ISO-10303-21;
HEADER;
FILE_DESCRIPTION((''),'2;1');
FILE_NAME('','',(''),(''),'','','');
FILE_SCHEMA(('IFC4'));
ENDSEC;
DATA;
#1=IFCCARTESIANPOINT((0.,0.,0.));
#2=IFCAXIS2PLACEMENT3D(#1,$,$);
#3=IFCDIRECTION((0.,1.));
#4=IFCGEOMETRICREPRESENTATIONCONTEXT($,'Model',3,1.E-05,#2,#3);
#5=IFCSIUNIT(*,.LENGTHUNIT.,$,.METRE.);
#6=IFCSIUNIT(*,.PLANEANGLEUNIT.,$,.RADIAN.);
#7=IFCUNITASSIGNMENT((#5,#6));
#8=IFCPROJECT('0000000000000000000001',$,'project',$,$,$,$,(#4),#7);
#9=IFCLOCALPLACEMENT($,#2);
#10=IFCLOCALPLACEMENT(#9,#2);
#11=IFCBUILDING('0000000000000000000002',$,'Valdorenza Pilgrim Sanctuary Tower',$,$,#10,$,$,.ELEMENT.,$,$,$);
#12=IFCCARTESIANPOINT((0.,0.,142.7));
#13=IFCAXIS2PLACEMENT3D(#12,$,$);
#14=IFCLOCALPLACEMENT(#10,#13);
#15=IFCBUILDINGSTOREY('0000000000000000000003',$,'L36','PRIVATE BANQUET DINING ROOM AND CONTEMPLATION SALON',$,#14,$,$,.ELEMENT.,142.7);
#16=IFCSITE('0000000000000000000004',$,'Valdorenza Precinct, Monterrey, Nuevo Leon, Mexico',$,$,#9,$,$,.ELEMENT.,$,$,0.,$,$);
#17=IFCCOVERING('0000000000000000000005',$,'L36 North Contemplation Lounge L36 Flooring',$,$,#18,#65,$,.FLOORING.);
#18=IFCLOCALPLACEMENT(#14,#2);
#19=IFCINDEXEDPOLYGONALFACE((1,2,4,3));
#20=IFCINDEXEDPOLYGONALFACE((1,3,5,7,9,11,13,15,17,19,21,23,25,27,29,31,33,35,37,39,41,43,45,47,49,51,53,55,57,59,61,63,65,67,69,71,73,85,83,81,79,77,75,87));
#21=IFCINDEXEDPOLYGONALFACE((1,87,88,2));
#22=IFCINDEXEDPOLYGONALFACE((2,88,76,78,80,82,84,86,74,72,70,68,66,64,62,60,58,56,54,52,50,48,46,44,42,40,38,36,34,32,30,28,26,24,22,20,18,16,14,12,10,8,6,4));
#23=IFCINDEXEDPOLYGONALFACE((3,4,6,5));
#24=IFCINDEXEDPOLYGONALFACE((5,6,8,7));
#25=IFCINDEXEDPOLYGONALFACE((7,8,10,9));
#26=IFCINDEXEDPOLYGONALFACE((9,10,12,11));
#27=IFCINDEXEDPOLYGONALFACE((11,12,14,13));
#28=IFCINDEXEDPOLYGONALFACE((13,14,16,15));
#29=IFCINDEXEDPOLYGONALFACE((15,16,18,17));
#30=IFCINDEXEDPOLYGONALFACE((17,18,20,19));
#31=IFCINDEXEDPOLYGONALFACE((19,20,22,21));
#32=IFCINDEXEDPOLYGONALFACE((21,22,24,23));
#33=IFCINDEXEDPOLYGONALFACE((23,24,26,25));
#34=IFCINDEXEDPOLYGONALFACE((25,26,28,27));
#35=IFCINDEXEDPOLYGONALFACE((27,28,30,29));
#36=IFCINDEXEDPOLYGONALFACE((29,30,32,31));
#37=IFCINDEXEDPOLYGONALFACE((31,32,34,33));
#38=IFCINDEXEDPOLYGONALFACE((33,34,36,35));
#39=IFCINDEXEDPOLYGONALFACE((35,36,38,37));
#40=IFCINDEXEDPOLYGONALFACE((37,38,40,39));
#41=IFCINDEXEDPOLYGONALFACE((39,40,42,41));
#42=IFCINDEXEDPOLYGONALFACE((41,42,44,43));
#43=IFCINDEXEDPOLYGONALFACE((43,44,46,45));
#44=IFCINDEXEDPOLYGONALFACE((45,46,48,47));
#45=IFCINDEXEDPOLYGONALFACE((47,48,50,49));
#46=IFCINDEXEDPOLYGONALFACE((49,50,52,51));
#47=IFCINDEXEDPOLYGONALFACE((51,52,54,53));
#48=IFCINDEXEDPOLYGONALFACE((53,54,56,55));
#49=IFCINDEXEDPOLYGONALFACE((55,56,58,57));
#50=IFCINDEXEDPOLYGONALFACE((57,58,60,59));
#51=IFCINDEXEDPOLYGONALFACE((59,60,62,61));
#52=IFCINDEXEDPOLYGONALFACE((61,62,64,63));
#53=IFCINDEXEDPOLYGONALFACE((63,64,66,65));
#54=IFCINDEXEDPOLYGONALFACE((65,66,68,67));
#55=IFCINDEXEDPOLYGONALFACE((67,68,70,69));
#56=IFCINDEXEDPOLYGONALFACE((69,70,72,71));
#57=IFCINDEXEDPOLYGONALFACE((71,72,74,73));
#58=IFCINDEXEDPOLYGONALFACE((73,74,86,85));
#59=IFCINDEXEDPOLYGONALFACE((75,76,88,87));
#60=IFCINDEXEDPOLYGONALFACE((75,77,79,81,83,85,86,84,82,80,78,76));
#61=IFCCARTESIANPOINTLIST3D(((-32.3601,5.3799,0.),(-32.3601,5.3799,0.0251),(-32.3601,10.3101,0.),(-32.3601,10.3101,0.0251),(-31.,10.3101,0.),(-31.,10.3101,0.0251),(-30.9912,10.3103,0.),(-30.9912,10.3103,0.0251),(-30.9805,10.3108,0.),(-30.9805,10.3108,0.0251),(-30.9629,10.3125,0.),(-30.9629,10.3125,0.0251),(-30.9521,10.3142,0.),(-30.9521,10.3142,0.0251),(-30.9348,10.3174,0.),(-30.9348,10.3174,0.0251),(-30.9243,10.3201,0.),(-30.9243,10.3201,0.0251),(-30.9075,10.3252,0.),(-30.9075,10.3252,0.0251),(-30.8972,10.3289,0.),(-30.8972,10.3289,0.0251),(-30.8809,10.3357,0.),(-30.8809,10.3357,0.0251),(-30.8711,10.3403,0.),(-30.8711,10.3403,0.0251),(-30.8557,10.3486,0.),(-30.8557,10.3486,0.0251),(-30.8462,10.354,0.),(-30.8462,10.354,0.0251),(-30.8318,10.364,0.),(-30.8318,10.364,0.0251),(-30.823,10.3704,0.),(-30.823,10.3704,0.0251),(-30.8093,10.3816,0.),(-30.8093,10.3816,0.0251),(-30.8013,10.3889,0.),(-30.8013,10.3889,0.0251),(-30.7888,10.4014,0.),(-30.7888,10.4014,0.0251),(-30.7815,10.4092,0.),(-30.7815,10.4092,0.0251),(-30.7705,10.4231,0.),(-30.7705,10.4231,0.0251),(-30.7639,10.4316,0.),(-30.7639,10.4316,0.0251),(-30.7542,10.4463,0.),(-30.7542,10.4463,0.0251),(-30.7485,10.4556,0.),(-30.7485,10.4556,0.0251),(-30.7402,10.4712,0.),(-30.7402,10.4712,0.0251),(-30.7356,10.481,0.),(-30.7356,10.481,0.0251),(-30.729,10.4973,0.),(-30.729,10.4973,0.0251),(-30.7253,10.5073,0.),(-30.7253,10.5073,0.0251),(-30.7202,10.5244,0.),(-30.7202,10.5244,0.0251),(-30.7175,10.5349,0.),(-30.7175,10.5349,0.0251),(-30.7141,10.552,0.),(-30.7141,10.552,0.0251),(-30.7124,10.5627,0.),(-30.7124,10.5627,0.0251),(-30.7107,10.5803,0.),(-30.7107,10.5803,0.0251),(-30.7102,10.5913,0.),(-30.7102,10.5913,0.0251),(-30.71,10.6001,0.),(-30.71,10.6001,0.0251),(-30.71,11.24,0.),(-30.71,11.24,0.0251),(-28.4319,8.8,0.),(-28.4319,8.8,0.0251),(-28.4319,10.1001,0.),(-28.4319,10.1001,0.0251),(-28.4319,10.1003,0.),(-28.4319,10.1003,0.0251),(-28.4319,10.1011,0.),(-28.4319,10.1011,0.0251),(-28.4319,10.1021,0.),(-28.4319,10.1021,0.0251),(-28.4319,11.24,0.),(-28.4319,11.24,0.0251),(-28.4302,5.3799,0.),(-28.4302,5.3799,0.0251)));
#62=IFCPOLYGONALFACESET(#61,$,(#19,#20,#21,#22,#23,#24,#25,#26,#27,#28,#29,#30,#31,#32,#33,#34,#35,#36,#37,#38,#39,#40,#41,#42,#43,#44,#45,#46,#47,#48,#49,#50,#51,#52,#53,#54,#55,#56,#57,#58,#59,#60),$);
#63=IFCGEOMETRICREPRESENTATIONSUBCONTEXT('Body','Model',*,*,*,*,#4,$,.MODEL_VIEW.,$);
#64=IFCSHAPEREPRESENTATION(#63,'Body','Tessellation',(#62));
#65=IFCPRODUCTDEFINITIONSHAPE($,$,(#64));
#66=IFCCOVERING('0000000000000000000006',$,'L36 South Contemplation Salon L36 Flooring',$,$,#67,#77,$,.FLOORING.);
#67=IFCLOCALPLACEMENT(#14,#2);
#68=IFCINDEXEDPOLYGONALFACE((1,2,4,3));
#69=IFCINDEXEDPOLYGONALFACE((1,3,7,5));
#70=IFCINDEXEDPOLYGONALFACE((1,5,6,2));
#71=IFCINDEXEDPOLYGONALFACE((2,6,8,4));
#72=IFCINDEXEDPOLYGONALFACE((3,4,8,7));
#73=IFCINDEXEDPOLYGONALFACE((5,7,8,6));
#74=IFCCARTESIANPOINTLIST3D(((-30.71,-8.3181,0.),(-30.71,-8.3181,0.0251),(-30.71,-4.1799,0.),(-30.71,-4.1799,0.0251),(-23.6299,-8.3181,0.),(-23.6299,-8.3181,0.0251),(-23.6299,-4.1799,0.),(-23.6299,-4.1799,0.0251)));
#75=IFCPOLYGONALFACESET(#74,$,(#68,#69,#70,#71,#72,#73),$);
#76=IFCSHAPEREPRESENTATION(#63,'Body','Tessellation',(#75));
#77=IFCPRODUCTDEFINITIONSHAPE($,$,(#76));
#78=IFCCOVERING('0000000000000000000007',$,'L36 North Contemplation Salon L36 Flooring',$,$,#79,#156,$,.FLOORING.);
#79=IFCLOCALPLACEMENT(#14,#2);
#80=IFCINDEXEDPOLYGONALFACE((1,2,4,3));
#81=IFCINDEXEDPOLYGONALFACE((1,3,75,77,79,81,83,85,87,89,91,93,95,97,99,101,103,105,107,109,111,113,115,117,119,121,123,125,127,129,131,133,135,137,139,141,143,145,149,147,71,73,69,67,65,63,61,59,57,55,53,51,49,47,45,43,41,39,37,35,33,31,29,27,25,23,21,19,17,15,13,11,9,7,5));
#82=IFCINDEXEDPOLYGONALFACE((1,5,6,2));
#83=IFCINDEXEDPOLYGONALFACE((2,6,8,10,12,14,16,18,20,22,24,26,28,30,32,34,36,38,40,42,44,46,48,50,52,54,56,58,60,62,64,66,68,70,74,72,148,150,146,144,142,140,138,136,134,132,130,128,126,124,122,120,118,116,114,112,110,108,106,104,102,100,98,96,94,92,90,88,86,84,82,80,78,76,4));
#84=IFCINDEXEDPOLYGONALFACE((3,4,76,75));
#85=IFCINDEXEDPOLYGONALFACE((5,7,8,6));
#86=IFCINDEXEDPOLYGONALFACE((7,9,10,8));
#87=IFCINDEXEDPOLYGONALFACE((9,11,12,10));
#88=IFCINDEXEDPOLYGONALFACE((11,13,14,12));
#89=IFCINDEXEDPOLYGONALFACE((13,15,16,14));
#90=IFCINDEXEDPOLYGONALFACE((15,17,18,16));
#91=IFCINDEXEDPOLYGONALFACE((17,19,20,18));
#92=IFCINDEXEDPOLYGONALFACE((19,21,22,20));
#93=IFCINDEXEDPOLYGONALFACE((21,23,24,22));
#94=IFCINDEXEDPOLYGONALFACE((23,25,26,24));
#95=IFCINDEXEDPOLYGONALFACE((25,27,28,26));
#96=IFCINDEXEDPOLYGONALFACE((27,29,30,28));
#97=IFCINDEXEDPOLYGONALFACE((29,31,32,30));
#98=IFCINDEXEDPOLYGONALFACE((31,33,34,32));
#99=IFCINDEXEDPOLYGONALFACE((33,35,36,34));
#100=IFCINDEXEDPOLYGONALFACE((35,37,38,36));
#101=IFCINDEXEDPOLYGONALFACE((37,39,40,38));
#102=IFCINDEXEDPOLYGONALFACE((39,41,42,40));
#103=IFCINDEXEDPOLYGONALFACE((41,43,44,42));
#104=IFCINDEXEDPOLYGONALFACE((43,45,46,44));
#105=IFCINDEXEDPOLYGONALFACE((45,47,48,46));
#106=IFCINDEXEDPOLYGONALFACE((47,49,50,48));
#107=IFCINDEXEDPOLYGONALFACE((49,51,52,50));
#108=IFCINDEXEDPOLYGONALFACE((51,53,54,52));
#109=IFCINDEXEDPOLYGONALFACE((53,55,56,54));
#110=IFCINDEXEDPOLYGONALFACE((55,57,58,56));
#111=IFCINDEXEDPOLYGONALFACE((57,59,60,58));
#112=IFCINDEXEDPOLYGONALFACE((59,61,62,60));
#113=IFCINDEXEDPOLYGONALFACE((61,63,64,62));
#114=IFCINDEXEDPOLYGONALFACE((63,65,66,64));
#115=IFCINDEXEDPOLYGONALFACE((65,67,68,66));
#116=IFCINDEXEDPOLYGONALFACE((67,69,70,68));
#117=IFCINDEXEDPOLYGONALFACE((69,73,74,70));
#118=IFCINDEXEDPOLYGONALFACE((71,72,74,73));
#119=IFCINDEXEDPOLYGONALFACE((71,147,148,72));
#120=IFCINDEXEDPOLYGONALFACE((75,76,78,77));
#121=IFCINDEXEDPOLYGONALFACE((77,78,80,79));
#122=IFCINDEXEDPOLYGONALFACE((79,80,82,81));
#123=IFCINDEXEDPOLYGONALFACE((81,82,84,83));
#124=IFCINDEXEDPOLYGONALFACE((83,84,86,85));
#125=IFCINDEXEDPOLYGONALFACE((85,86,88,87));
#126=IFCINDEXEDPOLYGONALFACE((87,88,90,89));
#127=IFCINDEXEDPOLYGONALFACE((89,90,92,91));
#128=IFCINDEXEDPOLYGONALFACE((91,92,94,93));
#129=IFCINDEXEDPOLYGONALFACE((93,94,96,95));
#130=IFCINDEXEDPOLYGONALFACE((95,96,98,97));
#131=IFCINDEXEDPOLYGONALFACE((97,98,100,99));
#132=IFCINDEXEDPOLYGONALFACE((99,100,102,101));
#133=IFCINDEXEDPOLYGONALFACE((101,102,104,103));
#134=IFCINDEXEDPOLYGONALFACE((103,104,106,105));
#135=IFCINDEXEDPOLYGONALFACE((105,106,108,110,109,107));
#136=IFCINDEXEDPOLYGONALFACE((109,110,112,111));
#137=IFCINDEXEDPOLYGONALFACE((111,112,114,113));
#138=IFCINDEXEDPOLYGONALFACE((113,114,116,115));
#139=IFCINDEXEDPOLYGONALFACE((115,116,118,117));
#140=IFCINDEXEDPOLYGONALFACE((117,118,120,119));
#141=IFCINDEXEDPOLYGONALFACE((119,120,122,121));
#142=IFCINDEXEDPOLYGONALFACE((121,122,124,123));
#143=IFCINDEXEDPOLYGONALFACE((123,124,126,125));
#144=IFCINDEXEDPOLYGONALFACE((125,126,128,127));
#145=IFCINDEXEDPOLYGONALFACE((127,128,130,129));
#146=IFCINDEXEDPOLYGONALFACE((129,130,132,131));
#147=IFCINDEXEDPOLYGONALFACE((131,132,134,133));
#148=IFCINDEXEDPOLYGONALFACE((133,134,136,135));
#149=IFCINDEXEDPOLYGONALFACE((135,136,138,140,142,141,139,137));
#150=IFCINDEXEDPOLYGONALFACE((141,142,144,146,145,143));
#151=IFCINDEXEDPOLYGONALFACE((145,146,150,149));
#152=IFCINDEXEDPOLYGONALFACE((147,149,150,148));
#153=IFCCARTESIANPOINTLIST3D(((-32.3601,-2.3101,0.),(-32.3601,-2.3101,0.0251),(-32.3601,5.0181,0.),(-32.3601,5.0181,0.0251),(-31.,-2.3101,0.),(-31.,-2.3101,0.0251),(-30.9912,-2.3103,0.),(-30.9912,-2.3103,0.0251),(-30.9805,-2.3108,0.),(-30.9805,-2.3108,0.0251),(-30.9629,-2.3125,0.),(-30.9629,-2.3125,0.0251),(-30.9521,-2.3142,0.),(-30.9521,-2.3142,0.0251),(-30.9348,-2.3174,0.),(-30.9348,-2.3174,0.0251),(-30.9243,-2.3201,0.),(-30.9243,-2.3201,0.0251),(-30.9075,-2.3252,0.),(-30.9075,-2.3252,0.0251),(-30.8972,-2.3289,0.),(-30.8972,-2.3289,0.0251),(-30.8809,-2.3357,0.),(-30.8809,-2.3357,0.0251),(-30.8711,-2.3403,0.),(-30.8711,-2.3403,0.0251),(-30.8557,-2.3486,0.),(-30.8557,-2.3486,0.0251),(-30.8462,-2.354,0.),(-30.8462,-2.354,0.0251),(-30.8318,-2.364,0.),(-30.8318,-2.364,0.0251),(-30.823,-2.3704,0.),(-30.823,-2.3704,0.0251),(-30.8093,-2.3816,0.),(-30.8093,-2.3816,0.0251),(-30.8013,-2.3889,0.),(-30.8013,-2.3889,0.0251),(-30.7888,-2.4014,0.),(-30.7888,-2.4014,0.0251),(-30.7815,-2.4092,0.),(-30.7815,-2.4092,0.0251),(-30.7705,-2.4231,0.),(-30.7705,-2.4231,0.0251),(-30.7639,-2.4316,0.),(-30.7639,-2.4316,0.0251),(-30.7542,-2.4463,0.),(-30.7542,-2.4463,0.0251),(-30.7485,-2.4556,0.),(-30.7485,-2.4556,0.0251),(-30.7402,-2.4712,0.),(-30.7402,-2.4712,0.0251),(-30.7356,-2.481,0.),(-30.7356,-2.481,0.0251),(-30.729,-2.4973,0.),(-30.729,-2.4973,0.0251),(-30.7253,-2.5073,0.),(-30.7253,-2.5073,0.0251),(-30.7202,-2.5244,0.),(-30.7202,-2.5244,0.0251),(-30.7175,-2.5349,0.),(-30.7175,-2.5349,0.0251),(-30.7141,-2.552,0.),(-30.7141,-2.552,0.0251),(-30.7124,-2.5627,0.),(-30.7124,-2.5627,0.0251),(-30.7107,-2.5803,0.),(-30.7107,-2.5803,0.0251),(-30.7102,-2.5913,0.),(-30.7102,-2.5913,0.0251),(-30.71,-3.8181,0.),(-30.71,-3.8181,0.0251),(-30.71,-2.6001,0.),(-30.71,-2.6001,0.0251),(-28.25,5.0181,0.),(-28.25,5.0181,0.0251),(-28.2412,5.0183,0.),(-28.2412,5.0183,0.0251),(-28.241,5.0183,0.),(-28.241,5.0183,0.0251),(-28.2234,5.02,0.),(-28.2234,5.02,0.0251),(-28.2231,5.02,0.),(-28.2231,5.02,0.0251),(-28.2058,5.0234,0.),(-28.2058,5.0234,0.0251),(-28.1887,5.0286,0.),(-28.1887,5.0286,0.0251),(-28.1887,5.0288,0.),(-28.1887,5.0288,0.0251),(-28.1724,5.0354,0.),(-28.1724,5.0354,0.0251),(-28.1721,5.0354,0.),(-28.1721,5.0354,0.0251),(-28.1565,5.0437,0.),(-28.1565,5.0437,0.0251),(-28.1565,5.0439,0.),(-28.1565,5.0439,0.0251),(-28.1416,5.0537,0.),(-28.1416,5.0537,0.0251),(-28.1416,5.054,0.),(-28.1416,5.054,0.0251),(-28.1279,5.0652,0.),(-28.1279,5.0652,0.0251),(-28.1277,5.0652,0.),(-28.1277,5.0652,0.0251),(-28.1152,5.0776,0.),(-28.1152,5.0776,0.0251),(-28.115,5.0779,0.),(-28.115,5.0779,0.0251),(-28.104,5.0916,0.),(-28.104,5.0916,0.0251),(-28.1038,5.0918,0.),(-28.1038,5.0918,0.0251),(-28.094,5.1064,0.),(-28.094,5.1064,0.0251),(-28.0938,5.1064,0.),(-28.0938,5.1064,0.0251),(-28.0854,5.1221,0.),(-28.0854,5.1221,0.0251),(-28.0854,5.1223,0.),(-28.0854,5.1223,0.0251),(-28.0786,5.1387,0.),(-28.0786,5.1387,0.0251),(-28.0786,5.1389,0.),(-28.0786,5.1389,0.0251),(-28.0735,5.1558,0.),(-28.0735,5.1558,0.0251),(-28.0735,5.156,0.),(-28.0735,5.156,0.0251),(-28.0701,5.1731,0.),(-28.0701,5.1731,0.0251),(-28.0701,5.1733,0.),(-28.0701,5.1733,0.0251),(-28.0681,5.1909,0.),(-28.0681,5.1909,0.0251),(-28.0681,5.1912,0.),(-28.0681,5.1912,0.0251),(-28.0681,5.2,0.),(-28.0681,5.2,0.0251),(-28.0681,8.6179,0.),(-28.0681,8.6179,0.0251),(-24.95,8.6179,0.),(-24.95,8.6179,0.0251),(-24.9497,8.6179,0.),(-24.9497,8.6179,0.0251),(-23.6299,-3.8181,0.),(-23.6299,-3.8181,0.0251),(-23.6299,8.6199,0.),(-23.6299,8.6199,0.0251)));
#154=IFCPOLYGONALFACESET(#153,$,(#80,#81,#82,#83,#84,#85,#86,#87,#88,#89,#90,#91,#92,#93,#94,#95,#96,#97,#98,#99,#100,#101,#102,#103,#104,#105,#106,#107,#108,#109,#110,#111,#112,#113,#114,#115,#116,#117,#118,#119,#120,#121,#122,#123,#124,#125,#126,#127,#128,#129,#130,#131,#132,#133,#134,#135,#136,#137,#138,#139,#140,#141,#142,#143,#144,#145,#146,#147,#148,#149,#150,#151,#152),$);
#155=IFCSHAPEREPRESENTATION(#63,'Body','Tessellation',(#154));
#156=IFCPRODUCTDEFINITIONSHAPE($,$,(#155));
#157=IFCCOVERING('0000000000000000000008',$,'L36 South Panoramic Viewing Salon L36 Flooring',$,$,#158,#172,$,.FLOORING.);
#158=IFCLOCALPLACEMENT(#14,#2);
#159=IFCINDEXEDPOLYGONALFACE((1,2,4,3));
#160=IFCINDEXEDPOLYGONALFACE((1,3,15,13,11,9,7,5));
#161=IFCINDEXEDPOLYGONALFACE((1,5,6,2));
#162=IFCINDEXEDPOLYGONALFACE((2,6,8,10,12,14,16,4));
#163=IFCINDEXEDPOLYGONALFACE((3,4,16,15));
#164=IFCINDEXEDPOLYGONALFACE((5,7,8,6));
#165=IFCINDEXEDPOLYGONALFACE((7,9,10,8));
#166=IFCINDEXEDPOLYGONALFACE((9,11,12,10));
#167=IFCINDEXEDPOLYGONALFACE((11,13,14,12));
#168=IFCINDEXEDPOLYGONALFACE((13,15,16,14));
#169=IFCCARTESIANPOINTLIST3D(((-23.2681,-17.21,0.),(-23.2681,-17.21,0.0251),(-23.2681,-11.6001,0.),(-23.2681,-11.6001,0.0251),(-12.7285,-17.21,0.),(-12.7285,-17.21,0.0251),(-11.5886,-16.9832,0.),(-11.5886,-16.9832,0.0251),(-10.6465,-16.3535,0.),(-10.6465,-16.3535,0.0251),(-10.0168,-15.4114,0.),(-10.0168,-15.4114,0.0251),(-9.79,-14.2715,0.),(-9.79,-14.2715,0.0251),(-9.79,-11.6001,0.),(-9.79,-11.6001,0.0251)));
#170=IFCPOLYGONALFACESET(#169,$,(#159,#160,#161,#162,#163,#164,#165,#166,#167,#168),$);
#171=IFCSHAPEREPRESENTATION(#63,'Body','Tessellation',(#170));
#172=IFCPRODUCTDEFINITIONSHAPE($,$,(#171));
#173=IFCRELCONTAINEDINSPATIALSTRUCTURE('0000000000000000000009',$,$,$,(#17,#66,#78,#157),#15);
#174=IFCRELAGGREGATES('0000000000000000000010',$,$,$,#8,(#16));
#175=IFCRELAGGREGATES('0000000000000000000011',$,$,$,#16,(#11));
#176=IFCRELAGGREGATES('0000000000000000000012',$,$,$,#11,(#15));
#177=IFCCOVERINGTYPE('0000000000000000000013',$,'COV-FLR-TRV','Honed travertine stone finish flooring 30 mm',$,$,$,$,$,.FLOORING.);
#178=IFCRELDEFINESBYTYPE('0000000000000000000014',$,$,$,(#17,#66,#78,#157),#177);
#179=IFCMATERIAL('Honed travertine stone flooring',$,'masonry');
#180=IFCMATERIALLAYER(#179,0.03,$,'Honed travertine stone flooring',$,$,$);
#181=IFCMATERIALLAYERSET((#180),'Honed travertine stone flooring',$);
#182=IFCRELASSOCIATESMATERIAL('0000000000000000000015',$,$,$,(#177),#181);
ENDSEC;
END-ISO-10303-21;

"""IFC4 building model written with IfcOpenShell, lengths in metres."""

from ifc_helpers import new_model, si_unit, direction, frame, origin, place, context, subcontext, project, spatial, polyline, outline, extrude, material, layer, layer_set, type_object, element, save


model = new_model("IFC4")

# Units and contexts
model_context = context("Model", 3, precision=1e-05, world=origin(), true_north=direction((0.0, 1.0)))
body_context = subcontext(model_context, "Body", "Model", "MODEL_VIEW")
ifc_project = project(units=[si_unit("LENGTHUNIT", "METRE"), si_unit("PLANEANGLEUNIT", "RADIAN")], contexts=[model_context])

# Site, building, storey
site_placement = place(None, origin())
site = spatial("IfcSite", under=ifc_project, at=site_placement, Name="Valdorenza Precinct, Monterrey, Nuevo Leon, Mexico", CompositionType="ELEMENT", RefElevation=0.0)
building_placement = place(site_placement, origin())
building = spatial("IfcBuilding", under=site, at=building_placement, Name="Valdorenza Pilgrim Sanctuary Tower", CompositionType="ELEMENT")
storey_placement = place(building_placement, frame((0.0, 0.0, 142.7)))
storey = spatial("IfcBuildingStorey", under=building, at=storey_placement, Name="L36", Description="PRIVATE BANQUET DINING ROOM AND CONTEMPLATION SALON", CompositionType="ELEMENT", Elevation=142.7)

# Coverings
ifc_material_1 = material(Name="Honed travertine stone flooring", Category="masonry")
ifc_layer_1 = layer(ifc_material_1, 0.03, Name="Honed travertine stone flooring")
ifc_layer_set_1 = layer_set([ifc_layer_1], Name="Honed travertine stone flooring")
covering_type_1 = type_object("IfcCoveringType", Name="COV-FLR-TRV", Description="Honed travertine stone finish flooring 30 mm", PredefinedType="FLOORING", material=ifc_layer_set_1)
covering_1_placement = place(storey_placement, origin())
element("IfcCovering", 1, at=covering_1_placement, inside=storey, type_object=covering_type_1, Name="L36 North Contemplation Lounge L36 Flooring", PredefinedType="FLOORING", context=body_context, shape_type="SweptSolid", body=[
    extrude(outline(polyline([(-28.4319, 11.24), (-28.4319, 10.1021), (-28.4319, 10.1011), (-28.4319, 10.1003), (-28.4319, 10.1001), (-28.4319, 8.8), (-28.4302, 5.3799), (-32.3601, 5.3799), (-32.3601, 10.3101), (-31.0, 10.3101), (-30.9912, 10.3103), (-30.9805, 10.3108), (-30.9629, 10.3125), (-30.9521, 10.3142), (-30.9348, 10.3174), (-30.9243, 10.3201), (-30.9075, 10.3252), (-30.8972, 10.3289), (-30.8809, 10.3357), (-30.8711, 10.3403), (-30.8557, 10.3486), (-30.8462, 10.354), (-30.8318, 10.364), (-30.823, 10.3704), (-30.8093, 10.3816), (-30.8013, 10.3889), (-30.7888, 10.4014), (-30.7815, 10.4092), (-30.7705, 10.4231), (-30.7639, 10.4316), (-30.7542, 10.4463), (-30.7485, 10.4556), (-30.7402, 10.4712), (-30.7356, 10.481), (-30.729, 10.4973), (-30.7253, 10.5073), (-30.7202, 10.5244), (-30.7175, 10.5349), (-30.7141, 10.552), (-30.7124, 10.5627), (-30.7107, 10.5803), (-30.7102, 10.5913), (-30.71, 10.6001), (-30.71, 11.24), (-28.4319, 11.24)])), origin(), (0.0, 0.0, 1.0), 0.0251),
])
covering_2_placement = place(storey_placement, origin())
element("IfcCovering", 2, at=covering_2_placement, inside=storey, type_object=covering_type_1, Name="L36 South Contemplation Salon L36 Flooring", PredefinedType="FLOORING", context=body_context, shape_type="SweptSolid", body=[
    extrude(outline(polyline([(-23.6299, -8.3181), (-30.71, -8.3181), (-30.71, -4.1799), (-23.6299, -4.1799), (-23.6299, -8.3181)])), origin(), (0.0, 0.0, 1.0), 0.0251),
])
covering_3_placement = place(storey_placement, origin())
element("IfcCovering", 3, at=covering_3_placement, inside=storey, type_object=covering_type_1, Name="L36 North Contemplation Salon L36 Flooring", PredefinedType="FLOORING", context=body_context, shape_type="SweptSolid", body=[
    extrude(outline(polyline([(-23.6299, 8.6199), (-23.6299, -3.8181), (-30.71, -3.8181), (-30.71, -2.6001), (-30.7102, -2.5913), (-30.7107, -2.5803), (-30.7124, -2.5627), (-30.7141, -2.552), (-30.7175, -2.5349), (-30.7202, -2.5244), (-30.7253, -2.5073), (-30.729, -2.4973), (-30.7356, -2.481), (-30.7402, -2.4712), (-30.7485, -2.4556), (-30.7542, -2.4463), (-30.7639, -2.4316), (-30.7705, -2.4231), (-30.7815, -2.4092), (-30.7888, -2.4014), (-30.8013, -2.3889), (-30.8093, -2.3816), (-30.823, -2.3704), (-30.8318, -2.364), (-30.8462, -2.354), (-30.8557, -2.3486), (-30.8711, -2.3403), (-30.8809, -2.3357), (-30.8972, -2.3289), (-30.9075, -2.3252), (-30.9243, -2.3201), (-30.9348, -2.3174), (-30.9521, -2.3142), (-30.9629, -2.3125), (-30.9805, -2.3108), (-30.9912, -2.3103), (-31.0, -2.3101), (-32.3601, -2.3101), (-32.3601, 5.0181), (-28.25, 5.0181), (-28.2412, 5.0183), (-28.241, 5.0183), (-28.2234, 5.02), (-28.2231, 5.02), (-28.2058, 5.0234), (-28.2058, 5.0234), (-28.1887, 5.0286), (-28.1887, 5.0288), (-28.1724, 5.0354), (-28.1721, 5.0354), (-28.1565, 5.0437), (-28.1565, 5.0439), (-28.1416, 5.0537), (-28.1416, 5.054), (-28.1279, 5.0652), (-28.1277, 5.0652), (-28.1152, 5.0776), (-28.115, 5.0779), (-28.104, 5.0916), (-28.1038, 5.0918), (-28.094, 5.1064), (-28.0938, 5.1064), (-28.0854, 5.1221), (-28.0854, 5.1223), (-28.0786, 5.1387), (-28.0786, 5.1389), (-28.0735, 5.1558), (-28.0735, 5.156), (-28.0701, 5.1731), (-28.0701, 5.1733), (-28.0681, 5.1909), (-28.0681, 5.1912), (-28.0681, 5.2), (-28.0681, 8.6179), (-24.95, 8.6179), (-24.9497, 8.6179), (-23.6299, 8.6199)])), origin(), (0.0, 0.0, 1.0), 0.0251),
])
covering_4_placement = place(storey_placement, origin())
element("IfcCovering", 4, at=covering_4_placement, inside=storey, type_object=covering_type_1, Name="L36 South Panoramic Viewing Salon L36 Flooring", PredefinedType="FLOORING", context=body_context, shape_type="SweptSolid", body=[
    extrude(outline(polyline([(-9.79, -11.6001), (-9.79, -14.2715), (-10.0168, -15.4114), (-10.6465, -16.3535), (-11.5886, -16.9832), (-12.7285, -17.21), (-23.2681, -17.21), (-23.2681, -11.6001), (-9.79, -11.6001)])), origin(), (0.0, 0.0, 1.0), 0.0251),
])

save(model, "model.ifc")
